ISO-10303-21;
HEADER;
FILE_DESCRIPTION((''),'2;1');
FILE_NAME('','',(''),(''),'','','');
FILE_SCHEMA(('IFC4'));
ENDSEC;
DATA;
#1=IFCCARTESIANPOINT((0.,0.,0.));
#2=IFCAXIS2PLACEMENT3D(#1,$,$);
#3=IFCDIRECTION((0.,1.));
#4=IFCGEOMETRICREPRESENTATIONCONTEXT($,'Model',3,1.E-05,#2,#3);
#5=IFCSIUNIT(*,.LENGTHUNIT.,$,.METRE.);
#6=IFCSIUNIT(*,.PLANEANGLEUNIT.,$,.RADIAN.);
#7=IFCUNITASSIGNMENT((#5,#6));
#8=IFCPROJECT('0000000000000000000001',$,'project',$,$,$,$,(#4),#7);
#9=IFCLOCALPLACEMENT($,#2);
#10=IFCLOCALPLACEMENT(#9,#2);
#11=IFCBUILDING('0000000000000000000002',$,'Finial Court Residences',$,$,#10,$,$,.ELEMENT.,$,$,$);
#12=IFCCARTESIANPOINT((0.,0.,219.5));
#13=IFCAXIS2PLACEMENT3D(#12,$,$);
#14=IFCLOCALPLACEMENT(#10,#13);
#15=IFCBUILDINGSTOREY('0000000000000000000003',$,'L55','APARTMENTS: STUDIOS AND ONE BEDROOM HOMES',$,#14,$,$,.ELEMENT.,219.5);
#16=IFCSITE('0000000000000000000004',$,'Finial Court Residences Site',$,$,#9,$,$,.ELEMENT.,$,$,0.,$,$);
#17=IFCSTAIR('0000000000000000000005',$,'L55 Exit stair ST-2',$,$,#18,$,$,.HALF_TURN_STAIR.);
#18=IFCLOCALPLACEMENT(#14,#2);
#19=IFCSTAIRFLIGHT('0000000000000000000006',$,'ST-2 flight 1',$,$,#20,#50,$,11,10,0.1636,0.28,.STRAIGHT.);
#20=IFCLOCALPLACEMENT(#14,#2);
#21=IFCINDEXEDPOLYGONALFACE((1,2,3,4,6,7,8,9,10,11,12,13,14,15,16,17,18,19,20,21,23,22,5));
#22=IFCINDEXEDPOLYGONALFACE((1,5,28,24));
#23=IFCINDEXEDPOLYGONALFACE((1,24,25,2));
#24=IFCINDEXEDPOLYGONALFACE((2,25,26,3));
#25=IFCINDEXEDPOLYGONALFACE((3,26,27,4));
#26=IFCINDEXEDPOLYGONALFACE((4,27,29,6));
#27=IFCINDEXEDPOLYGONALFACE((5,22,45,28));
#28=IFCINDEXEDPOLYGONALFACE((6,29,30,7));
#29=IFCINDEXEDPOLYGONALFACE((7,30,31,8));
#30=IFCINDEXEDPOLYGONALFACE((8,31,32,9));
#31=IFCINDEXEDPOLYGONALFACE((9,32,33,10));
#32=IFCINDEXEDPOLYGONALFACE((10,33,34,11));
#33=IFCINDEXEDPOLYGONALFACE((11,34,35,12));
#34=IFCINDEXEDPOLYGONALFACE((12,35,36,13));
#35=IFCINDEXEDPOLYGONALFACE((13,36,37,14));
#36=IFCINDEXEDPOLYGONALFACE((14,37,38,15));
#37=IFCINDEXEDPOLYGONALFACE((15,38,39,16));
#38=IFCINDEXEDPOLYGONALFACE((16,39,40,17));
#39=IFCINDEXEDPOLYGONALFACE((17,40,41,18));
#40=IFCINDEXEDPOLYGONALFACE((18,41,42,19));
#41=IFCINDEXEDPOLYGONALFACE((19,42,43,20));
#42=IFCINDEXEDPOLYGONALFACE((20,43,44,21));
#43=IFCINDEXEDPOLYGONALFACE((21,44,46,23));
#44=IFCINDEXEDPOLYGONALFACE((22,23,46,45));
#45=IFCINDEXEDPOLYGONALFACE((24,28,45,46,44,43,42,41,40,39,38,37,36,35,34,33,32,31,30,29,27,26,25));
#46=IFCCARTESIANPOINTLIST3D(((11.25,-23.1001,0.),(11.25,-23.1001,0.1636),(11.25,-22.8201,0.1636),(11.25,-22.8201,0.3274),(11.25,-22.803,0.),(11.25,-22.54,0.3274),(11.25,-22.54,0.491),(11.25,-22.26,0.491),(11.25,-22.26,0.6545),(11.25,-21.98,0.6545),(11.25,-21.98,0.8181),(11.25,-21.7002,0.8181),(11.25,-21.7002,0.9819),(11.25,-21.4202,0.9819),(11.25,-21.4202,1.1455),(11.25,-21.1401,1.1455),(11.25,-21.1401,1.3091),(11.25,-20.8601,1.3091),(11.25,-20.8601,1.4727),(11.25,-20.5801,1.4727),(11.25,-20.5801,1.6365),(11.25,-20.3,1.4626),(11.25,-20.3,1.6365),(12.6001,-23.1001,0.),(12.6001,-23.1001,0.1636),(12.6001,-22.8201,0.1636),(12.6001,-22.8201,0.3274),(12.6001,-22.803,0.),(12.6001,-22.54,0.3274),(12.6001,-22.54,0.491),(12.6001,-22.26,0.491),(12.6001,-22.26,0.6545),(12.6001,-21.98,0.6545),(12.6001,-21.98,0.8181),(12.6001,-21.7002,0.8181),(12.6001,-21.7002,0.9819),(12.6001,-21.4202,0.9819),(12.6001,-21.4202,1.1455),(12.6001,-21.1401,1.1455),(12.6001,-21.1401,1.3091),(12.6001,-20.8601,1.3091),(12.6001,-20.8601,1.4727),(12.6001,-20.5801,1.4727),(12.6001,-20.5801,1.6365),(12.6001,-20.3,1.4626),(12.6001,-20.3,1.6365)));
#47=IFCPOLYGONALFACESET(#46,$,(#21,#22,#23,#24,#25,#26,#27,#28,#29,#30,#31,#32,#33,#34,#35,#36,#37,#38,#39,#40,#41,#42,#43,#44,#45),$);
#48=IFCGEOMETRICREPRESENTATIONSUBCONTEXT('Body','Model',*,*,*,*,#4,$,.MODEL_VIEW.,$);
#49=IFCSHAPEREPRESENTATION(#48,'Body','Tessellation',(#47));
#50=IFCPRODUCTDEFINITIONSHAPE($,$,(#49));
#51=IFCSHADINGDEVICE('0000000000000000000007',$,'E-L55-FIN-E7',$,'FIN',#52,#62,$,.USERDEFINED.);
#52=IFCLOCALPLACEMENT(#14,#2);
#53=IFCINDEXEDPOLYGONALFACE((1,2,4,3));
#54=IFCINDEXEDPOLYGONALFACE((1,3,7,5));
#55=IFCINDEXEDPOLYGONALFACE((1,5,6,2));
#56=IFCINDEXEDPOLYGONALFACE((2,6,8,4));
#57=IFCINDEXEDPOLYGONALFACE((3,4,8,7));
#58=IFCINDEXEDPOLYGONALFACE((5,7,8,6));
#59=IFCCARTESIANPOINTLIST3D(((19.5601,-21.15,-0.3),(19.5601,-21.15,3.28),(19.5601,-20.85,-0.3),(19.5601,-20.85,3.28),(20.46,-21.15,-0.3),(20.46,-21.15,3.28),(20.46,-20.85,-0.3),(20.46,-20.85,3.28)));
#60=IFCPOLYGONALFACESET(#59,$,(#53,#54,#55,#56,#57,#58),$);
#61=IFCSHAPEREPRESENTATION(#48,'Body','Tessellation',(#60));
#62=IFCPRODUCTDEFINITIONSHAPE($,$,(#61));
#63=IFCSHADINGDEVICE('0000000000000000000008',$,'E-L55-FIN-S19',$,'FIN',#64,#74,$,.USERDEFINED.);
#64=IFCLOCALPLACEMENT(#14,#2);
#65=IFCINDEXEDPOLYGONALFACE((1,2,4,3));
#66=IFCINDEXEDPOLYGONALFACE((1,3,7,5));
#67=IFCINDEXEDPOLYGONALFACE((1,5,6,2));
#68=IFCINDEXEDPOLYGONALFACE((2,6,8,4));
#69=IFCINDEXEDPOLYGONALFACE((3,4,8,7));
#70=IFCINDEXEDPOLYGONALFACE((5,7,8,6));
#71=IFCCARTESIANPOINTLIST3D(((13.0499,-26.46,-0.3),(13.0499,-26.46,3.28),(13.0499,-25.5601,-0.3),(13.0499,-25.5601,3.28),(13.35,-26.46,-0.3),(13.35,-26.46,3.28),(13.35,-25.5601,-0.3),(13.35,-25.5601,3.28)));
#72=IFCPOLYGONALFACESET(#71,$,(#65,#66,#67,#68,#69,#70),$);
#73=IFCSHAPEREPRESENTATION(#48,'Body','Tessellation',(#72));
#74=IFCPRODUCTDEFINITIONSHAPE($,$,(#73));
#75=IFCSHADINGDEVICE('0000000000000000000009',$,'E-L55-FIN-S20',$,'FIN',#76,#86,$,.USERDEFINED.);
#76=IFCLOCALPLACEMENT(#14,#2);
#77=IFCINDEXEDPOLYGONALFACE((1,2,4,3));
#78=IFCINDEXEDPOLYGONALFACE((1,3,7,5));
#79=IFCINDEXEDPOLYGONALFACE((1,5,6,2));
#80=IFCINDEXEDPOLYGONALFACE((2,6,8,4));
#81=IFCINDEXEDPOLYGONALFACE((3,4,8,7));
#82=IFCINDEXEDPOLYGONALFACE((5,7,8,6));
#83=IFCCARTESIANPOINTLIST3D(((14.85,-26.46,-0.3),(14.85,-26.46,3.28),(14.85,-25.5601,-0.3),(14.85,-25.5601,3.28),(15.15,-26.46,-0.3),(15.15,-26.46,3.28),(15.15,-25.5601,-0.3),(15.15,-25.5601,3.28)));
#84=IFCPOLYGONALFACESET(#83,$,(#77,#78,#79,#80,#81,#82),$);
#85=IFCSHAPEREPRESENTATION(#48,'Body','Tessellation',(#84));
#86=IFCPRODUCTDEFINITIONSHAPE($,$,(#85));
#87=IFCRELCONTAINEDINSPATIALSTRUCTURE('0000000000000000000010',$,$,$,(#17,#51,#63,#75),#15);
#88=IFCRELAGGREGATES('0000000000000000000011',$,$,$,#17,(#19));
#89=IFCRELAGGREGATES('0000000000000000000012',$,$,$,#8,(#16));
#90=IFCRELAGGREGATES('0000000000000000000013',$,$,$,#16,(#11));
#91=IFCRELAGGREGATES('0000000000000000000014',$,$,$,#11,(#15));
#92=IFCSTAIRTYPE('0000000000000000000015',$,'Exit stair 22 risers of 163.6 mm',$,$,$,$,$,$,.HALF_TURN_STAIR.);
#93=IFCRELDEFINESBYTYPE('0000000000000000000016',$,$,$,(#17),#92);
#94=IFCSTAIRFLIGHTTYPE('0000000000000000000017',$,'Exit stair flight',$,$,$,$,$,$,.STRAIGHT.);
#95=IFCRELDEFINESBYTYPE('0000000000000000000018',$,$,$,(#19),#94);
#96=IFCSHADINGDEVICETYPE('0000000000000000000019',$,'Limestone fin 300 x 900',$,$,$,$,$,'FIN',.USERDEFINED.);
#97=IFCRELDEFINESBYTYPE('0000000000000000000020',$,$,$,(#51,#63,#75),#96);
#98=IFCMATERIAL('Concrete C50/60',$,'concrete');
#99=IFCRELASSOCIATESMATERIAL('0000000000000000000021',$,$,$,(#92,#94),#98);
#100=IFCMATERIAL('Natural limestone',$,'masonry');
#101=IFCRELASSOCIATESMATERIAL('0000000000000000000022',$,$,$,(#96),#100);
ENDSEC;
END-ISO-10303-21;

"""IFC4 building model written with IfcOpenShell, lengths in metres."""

from ifc_helpers import new_model, si_unit, direction, frame, origin, origin_2d, place, context, subcontext, project, spatial, polyline, rectangle, outline, extrude, material, type_object, element, aggregate, save


model = new_model("IFC4")

# Units and contexts
model_context = context("Model", 3, precision=1e-05, world=origin(), true_north=direction((0.0, 1.0)))
body_context = subcontext(model_context, "Body", "Model", "MODEL_VIEW")
ifc_project = project(units=[si_unit("LENGTHUNIT", "METRE"), si_unit("PLANEANGLEUNIT", "RADIAN")], contexts=[model_context])

# Site, building, storey
site_placement = place(None, origin())
site = spatial("IfcSite", under=ifc_project, at=site_placement, Name="Finial Court Residences Site", CompositionType="ELEMENT", RefElevation=0.0)
building_placement = place(site_placement, origin())
building = spatial("IfcBuilding", under=site, at=building_placement, Name="Finial Court Residences", CompositionType="ELEMENT")
storey_placement = place(building_placement, frame((0.0, 0.0, 219.5)))
storey = spatial("IfcBuildingStorey", under=building, at=storey_placement, Name="L55", Description="APARTMENTS: STUDIOS AND ONE BEDROOM HOMES", CompositionType="ELEMENT", Elevation=219.5)

# Shared definitions
ifc_material_1 = material(Name="Natural limestone", Category="masonry")

# Stair, stair flight
ifc_material_2 = material(Name="Concrete C50/60", Category="concrete")
stair_type = type_object("IfcStairType", Name="Exit stair 22 risers of 163.6 mm", PredefinedType="HALF_TURN_STAIR", material=ifc_material_2)
stair_placement = place(storey_placement, origin())
stair = element("IfcStair", 1, at=stair_placement, inside=storey, type_object=stair_type, Name="L55 Exit stair ST-2", PredefinedType="HALF_TURN_STAIR")
stair_flight_type = type_object("IfcStairFlightType", Name="Exit stair flight", PredefinedType="STRAIGHT", material=ifc_material_2)
stair_flight_placement = place(storey_placement, frame((11.925, -23.1001, 0.0), z_axis=(0.0, 0.0, 1.0), x_axis=(0.0, 1.0, 0.0)))
stair_flight = element("IfcStairFlight", 2, at=stair_flight_placement, type_object=stair_flight_type, Name="ST-2 flight 1", NumberOfRisers=11, NumberOfTreads=10, PredefinedType="STRAIGHT", RiserHeight=0.1636, TreadLength=0.28, context=body_context, shape_type="SweptSolid", body=[
    extrude(outline(polyline([(0.0, 0.0), (0.0, 0.1636), (0.28, 0.1636), (0.28, 0.3274), (0.5601, 0.3274), (0.5601, 0.491), (0.8401, 0.491), (0.8401, 0.6545), (1.1201, 0.6545), (1.1201, 0.8181), (1.3999, 0.8181), (1.3999, 0.9819), (1.6799, 0.9819), (1.6799, 1.1455), (1.96, 1.1455), (1.96, 1.3091), (2.24, 1.3091), (2.24, 1.4727), (2.52, 1.4727), (2.52, 1.6365), (2.8, 1.6365), (2.8, 1.8), (2.8, 1.4626), (0.2971, 0.0), (0.0, 0.0)])), frame((0.0, 0.675, 0.0), z_axis=(0.0, -1.0, 0.0), x_axis=(1.0, 0.0, 0.0)), (0.0, 0.0, 1.0), 1.3501),
])
aggregate(stair, [stair_flight])

# Shading devices
shading_device_type = type_object("IfcShadingDeviceType", Name="Limestone fin 300 x 900", ElementType="FIN", PredefinedType="USERDEFINED", material=ifc_material_1)
shading_device_placement = place(storey_placement, frame((20.01, -21.0, -0.3), z_axis=(0.0, 0.0, 1.0), x_axis=(1.0, 0.0, 0.0)))
element("IfcShadingDevice", 3, at=shading_device_placement, inside=storey, type_object=shading_device_type, Name="E-L55-FIN-E7", ObjectType="FIN", PredefinedType="USERDEFINED", context=body_context, shape_type="SweptSolid", body=[
    extrude(rectangle(XDim=0.8999, YDim=0.3, at=origin_2d()), origin(), (0.0, 0.0, 1.0), 3.5801),
])
for number, where, z_axis, x_axis, name in (
    (4, (13.2, -26.01, -0.3), (0.0, 0.0, 1.0), (1.0, 0.0, 0.0), "E-L55-FIN-S19"),
    (5, (15.0, -26.01, -0.3), (0.0, 0.0, 1.0), (1.0, 0.0, 0.0), "E-L55-FIN-S20"),
):
    element("IfcShadingDevice", number, at=place(storey_placement, frame(where, z_axis=z_axis, x_axis=x_axis)), inside=storey, type_object=shading_device_type, Name=name, ObjectType="FIN", PredefinedType="USERDEFINED", context=body_context, shape_type="SweptSolid", body=[
        extrude(rectangle(XDim=0.3, YDim=0.8999, at=origin_2d()), origin(), (0.0, 0.0, 1.0), 3.5801),
    ])

save(model, "model.ifc")
